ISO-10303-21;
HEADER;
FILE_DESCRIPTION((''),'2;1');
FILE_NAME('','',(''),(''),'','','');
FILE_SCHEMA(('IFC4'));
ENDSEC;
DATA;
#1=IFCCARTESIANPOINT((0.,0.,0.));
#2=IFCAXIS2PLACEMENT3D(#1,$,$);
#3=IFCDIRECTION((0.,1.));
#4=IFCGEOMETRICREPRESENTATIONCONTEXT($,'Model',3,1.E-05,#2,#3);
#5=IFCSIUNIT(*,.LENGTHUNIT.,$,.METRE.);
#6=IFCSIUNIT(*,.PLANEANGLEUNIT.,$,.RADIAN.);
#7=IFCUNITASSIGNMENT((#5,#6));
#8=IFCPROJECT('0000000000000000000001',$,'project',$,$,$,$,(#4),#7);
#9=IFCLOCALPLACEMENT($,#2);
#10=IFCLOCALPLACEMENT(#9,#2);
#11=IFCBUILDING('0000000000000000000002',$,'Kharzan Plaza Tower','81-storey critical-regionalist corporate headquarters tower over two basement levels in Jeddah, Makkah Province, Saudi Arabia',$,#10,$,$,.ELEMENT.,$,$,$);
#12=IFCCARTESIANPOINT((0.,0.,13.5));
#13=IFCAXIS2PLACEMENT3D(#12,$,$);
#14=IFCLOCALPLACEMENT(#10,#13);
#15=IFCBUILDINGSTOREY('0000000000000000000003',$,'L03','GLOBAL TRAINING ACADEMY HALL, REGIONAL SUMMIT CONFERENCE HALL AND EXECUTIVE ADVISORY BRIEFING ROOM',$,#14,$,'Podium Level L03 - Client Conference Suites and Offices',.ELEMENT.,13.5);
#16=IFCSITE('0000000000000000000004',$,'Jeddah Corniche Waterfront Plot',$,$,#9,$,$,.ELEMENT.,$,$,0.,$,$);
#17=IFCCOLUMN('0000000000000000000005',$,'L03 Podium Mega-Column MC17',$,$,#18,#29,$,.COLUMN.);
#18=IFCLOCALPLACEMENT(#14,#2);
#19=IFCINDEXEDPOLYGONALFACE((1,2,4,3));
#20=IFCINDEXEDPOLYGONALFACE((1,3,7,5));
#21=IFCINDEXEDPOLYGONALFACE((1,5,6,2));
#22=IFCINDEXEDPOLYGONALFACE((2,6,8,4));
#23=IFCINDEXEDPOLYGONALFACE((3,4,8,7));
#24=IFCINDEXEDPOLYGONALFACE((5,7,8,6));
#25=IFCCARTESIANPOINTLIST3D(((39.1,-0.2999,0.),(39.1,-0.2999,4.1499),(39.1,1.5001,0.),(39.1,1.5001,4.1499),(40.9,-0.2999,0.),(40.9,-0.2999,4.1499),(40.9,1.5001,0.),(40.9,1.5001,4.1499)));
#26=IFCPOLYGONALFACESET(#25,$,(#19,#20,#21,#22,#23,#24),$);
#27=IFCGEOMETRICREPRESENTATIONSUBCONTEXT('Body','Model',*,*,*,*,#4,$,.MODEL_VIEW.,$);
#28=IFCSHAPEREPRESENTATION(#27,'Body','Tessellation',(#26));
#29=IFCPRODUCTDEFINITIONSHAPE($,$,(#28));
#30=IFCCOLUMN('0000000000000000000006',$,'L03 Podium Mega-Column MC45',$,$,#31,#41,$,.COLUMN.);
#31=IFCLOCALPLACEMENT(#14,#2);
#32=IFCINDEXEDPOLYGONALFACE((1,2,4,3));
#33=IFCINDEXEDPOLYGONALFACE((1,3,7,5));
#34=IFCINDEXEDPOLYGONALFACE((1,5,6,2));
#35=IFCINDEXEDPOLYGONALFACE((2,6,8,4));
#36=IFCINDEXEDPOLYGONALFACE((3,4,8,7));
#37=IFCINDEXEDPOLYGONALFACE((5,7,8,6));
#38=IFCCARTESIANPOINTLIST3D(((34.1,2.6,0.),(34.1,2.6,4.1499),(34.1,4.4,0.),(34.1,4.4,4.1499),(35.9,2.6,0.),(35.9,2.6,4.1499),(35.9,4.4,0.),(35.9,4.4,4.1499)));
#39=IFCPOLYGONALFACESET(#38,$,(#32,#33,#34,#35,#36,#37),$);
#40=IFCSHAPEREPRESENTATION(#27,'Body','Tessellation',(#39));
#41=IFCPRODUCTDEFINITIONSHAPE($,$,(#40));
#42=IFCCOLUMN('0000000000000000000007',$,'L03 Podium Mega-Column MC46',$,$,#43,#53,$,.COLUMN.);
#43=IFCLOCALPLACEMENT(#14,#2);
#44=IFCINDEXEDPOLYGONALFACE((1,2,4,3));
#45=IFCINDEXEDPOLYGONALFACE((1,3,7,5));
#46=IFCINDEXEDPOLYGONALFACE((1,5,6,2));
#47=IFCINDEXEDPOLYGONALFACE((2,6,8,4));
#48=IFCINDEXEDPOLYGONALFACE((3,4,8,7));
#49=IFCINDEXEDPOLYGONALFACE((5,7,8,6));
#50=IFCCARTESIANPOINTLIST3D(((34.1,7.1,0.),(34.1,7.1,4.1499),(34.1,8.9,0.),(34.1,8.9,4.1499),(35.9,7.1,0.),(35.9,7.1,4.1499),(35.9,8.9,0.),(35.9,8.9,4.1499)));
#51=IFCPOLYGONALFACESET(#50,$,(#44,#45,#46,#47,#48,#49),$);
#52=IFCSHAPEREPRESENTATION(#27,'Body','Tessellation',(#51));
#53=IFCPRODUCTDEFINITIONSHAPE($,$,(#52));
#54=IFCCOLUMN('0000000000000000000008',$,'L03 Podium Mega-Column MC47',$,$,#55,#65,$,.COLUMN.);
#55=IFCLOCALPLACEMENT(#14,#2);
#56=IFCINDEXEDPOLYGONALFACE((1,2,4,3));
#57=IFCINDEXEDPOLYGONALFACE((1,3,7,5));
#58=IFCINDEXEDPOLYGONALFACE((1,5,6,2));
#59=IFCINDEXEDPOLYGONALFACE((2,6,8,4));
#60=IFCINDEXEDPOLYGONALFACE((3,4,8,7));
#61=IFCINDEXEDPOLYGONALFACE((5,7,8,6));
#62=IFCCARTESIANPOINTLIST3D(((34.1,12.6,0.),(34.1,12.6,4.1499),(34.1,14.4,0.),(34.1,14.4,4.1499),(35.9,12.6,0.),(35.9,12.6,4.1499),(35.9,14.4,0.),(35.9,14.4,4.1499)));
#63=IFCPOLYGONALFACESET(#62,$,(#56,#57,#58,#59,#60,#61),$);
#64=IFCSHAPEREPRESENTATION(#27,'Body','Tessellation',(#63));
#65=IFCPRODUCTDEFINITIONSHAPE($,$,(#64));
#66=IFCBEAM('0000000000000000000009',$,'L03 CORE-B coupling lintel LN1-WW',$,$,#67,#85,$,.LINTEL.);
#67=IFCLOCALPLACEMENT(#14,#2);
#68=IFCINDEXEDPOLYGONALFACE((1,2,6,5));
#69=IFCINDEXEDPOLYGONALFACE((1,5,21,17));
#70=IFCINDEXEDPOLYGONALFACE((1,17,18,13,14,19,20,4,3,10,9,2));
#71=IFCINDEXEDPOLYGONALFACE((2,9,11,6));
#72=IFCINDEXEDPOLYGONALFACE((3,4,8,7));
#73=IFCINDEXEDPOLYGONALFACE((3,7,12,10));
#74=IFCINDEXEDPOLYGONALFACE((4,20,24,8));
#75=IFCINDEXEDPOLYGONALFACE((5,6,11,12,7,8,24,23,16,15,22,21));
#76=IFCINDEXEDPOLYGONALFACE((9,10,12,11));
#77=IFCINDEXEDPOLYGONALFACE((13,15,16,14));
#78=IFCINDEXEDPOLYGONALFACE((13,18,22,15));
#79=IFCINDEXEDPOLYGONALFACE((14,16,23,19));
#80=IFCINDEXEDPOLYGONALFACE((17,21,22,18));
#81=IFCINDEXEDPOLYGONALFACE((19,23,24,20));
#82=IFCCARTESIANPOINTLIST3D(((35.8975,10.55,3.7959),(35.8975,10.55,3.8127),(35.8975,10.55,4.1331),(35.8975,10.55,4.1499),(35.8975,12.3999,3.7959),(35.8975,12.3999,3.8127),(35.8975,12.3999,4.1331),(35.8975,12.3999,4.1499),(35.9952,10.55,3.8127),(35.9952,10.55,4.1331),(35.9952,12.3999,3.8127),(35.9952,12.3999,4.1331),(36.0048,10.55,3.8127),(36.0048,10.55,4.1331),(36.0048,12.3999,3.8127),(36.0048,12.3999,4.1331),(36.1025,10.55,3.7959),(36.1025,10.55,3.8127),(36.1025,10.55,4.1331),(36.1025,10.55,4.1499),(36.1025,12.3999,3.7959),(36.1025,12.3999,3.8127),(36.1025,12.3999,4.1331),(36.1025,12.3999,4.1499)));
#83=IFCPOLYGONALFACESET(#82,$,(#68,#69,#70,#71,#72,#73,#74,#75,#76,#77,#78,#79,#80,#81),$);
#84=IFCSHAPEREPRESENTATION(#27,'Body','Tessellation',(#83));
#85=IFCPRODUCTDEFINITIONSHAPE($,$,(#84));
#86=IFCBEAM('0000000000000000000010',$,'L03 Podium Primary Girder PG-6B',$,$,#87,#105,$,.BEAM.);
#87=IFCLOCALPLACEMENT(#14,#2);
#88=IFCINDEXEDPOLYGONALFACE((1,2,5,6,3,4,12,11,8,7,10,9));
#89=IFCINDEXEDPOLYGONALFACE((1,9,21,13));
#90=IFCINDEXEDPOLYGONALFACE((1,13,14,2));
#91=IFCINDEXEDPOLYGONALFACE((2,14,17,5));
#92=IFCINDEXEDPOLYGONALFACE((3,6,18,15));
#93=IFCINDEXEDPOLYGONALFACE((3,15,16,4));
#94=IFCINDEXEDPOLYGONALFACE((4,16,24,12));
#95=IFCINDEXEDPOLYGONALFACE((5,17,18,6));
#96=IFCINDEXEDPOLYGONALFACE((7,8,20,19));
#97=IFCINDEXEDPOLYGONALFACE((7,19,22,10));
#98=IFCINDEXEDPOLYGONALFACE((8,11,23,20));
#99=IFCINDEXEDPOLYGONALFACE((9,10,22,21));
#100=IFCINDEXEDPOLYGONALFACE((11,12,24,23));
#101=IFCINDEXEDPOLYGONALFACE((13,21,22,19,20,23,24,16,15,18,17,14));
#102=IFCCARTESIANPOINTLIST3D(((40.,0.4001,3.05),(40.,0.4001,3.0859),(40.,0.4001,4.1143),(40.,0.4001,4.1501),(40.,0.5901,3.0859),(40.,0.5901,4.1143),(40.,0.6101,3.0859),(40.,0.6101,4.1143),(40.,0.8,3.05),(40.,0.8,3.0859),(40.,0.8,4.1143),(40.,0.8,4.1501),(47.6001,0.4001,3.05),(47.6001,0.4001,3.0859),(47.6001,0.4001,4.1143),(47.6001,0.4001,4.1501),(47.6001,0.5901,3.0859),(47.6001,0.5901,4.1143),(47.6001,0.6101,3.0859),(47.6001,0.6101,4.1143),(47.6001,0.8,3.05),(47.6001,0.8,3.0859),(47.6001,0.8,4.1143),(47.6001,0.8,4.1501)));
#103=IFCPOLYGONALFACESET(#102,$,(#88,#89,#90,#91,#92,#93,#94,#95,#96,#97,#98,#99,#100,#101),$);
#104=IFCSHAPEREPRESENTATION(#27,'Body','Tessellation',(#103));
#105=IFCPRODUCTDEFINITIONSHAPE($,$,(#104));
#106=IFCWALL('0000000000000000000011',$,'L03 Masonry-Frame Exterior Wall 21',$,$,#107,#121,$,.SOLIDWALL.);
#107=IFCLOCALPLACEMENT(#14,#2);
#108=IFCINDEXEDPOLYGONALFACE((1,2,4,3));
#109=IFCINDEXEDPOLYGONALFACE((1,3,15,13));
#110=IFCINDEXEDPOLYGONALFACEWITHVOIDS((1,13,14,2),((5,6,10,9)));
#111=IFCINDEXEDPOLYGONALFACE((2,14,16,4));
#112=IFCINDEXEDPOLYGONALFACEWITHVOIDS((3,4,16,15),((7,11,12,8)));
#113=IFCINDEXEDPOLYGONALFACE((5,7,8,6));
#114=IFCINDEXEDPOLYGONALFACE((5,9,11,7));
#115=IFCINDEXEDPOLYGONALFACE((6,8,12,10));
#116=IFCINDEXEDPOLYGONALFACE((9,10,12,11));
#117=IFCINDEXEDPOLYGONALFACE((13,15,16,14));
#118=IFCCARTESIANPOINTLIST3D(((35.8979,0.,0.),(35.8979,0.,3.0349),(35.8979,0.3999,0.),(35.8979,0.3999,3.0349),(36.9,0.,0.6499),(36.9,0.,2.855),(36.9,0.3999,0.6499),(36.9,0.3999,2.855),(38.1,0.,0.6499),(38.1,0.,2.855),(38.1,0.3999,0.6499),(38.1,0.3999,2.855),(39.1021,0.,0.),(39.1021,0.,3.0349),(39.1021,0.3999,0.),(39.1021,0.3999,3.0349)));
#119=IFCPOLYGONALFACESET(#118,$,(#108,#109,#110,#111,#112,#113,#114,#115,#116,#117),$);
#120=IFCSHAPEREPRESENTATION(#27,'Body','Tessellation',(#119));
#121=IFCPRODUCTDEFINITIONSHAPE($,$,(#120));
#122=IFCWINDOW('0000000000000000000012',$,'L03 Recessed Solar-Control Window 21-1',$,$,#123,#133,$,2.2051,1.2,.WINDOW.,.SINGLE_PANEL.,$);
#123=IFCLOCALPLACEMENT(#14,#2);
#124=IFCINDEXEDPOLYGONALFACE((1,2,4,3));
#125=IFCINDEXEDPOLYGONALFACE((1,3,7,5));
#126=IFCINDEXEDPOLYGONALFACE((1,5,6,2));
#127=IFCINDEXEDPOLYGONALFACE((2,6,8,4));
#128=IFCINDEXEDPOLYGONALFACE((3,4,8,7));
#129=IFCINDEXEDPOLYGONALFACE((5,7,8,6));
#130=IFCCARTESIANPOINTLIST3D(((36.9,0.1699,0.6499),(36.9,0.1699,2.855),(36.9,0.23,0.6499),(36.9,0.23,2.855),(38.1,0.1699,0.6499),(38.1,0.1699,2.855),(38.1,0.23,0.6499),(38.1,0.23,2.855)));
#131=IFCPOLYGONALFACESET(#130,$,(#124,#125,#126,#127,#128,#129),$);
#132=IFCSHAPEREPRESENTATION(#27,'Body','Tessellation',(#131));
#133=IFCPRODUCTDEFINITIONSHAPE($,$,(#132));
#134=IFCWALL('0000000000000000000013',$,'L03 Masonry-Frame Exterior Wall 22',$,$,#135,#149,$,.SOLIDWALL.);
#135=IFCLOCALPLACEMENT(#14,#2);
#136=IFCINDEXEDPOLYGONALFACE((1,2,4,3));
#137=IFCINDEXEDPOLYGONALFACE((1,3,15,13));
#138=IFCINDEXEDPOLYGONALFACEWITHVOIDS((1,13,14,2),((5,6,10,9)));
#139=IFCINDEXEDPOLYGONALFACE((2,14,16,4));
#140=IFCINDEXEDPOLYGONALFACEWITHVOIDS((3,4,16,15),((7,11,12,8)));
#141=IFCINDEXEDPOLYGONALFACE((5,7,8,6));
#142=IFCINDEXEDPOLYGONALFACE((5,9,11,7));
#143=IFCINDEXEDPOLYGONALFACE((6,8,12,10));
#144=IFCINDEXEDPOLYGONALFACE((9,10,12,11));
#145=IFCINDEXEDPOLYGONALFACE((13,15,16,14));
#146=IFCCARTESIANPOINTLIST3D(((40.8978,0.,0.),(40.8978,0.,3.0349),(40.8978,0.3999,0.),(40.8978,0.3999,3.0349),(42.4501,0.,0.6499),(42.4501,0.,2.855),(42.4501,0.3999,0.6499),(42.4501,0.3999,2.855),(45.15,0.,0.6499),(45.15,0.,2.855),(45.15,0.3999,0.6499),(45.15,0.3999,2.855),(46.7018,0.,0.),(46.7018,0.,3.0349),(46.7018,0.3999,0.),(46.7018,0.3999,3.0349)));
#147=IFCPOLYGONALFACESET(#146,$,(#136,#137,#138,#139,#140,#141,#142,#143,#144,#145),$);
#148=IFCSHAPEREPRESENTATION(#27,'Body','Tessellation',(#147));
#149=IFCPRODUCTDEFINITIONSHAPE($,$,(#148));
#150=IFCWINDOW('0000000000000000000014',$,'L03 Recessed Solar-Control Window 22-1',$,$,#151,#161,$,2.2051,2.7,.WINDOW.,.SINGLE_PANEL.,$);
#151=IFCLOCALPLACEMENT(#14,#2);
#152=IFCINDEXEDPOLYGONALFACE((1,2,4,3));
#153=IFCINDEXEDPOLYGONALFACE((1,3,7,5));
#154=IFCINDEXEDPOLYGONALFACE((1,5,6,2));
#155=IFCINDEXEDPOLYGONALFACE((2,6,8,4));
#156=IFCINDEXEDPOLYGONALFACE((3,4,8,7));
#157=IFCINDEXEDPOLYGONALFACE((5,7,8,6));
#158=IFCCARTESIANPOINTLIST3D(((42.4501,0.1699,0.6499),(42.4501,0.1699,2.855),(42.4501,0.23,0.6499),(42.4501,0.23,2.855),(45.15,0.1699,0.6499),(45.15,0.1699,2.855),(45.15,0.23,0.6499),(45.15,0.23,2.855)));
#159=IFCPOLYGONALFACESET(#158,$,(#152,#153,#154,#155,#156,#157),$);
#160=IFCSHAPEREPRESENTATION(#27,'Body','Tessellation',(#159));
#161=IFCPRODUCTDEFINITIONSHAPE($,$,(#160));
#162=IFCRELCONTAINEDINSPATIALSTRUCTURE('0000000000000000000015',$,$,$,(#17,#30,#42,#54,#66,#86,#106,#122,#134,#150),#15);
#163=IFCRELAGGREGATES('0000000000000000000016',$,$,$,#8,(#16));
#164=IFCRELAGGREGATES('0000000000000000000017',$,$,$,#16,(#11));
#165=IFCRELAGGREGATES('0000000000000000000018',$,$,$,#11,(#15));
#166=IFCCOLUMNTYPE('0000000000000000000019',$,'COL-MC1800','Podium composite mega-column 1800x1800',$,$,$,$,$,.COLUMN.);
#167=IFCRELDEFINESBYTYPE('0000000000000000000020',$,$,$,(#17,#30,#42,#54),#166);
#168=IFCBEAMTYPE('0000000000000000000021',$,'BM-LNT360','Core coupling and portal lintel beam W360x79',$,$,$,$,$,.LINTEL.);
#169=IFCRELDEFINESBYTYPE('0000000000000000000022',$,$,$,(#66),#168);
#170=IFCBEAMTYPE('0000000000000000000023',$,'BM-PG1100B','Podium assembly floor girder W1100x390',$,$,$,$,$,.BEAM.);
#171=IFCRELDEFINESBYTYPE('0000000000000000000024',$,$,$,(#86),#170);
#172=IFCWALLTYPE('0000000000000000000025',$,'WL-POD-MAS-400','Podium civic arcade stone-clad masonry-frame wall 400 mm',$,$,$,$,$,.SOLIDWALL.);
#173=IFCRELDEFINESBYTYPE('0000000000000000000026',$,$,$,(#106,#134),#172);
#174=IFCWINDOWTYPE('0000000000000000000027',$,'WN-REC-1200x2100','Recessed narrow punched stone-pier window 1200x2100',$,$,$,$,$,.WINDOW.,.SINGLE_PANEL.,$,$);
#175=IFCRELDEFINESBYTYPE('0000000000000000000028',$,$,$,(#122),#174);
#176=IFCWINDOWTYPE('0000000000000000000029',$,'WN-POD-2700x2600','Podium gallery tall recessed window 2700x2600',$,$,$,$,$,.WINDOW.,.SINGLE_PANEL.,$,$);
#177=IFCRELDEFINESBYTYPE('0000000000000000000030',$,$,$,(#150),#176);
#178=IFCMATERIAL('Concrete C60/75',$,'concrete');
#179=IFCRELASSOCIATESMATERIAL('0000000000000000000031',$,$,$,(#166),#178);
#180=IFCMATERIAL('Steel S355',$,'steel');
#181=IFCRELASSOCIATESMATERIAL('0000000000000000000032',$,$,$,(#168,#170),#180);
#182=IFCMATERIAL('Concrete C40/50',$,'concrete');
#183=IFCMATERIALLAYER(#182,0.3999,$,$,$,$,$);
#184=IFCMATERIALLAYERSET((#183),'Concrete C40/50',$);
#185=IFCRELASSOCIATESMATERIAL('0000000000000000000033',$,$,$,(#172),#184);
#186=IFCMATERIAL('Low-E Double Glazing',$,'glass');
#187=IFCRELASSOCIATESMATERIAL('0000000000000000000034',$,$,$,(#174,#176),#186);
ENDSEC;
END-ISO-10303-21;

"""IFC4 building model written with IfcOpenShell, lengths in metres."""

from ifc_helpers import new_model, si_unit, direction, frame, frame_2d, origin, origin_2d, place, context, subcontext, project, spatial, rectangle, i_section, extrude, source, transform, mapped, material, layer, layer_set, material_profile, profile_set, type_object, element, fill, save


model = new_model("IFC4")

# Units and contexts
model_context = context("Model", 3, precision=1e-05, world=origin(), true_north=direction((0.0, 1.0)))
body_context = subcontext(model_context, "Body", "Model", "MODEL_VIEW")
ifc_project = project(units=[si_unit("LENGTHUNIT", "METRE"), si_unit("PLANEANGLEUNIT", "RADIAN")], contexts=[model_context])

# Site, building, storey
site_placement = place(None, origin())
site = spatial("IfcSite", under=ifc_project, at=site_placement, Name="Jeddah Corniche Waterfront Plot", CompositionType="ELEMENT", RefElevation=0.0)
building_placement = place(site_placement, origin())
building = spatial("IfcBuilding", under=site, at=building_placement, Name="Kharzan Plaza Tower", Description="81-storey critical-regionalist corporate headquarters tower over two basement levels in Jeddah, Makkah Province, Saudi Arabia", CompositionType="ELEMENT")
storey_placement = place(building_placement, frame((0.0, 0.0, 13.5)))
storey = spatial("IfcBuildingStorey", under=building, at=storey_placement, Name="L03", Description="GLOBAL TRAINING ACADEMY HALL, REGIONAL SUMMIT CONFERENCE HALL AND EXECUTIVE ADVISORY BRIEFING ROOM", LongName="Podium Level L03 - Client Conference Suites and Offices", CompositionType="ELEMENT", Elevation=13.5)

# Columns
ifc_material_1 = material(Name="Concrete C60/75", Category="concrete")
ifc_material_profile_1 = material_profile(ifc_material_1, rectangle(XDim=1.8, YDim=1.8, at=origin_2d()), Name="RC-MC1800x1800")
ifc_profile_set_1 = profile_set([ifc_material_profile_1], Name="Concrete C60/75")
column_type = type_object("IfcColumnType", Name="COL-MC1800", Description="Podium composite mega-column 1800x1800", PredefinedType="COLUMN", material=ifc_profile_set_1)
shared_shape_1 = source(origin(), body_context, "Body", "SweptSolid", [
    extrude(rectangle(XDim=1.8, YDim=1.8, at=origin_2d()), origin(), (0.0, 0.0, 1.0), 4.1499),
])
for number, where, z_axis, x_axis, name in (
    (1, (40.0, 0.6001, 0.0), (0.0, 0.0, 1.0), (1.0, 0.0, 0.0), "L03 Podium Mega-Column MC17"),
    (2, (35.0, 3.5, 0.0), (0.0, 0.0, 1.0), (1.0, 0.0, 0.0), "L03 Podium Mega-Column MC45"),
    (3, (35.0, 8.0, 0.0), (0.0, 0.0, 1.0), (1.0, 0.0, 0.0), "L03 Podium Mega-Column MC46"),
    (4, (35.0, 13.5, 0.0), (0.0, 0.0, 1.0), (1.0, 0.0, 0.0), "L03 Podium Mega-Column MC47"),
):
    element("IfcColumn", number, at=place(storey_placement, frame(where, z_axis=z_axis, x_axis=x_axis)), inside=storey, type_object=column_type, Name=name, PredefinedType="COLUMN", context=body_context, shape_type="MappedRepresentation", body=[
        mapped(shared_shape_1, transform((0.0, 0.0, 0.0), x_axis=(1.0, 0.0, 0.0), y_axis=(0.0, 1.0, 0.0), z_axis=(0.0, 0.0, 1.0))),
    ])

# Beams
ifc_material_2 = material(Name="Steel S355", Category="steel")
ifc_material_profile_2 = material_profile(ifc_material_2, i_section(OverallWidth=0.2051, OverallDepth=0.354, WebThickness=0.0095, FlangeThickness=0.0168, at=origin_2d()), Name="W360x79")
ifc_profile_set_2 = profile_set([ifc_material_profile_2], Name="Steel S355")
beam_type_1 = type_object("IfcBeamType", Name="BM-LNT360", Description="Core coupling and portal lintel beam W360x79", PredefinedType="LINTEL", material=ifc_profile_set_2)
shared_shape_2 = source(origin(), body_context, "Body", "SweptSolid", [
    extrude(i_section(OverallWidth=0.2051, OverallDepth=0.354, WebThickness=0.0095, FlangeThickness=0.0168, at=origin_2d()), origin(), (0.0, 0.0, 1.0), 1.8499),
])
beam_1_placement = place(storey_placement, frame((36.0, 10.55, 3.9729), z_axis=(0.0, 1.0, 0.0), x_axis=(-1.0, 0.0, 0.0)))
element("IfcBeam", 5, at=beam_1_placement, inside=storey, type_object=beam_type_1, Name="L03 CORE-B coupling lintel LN1-WW", PredefinedType="LINTEL", context=body_context, shape_type="MappedRepresentation", body=[
    mapped(shared_shape_2, transform((0.0, 0.0, 0.0), x_axis=(1.0, 0.0, 0.0), y_axis=(0.0, 1.0, 0.0), z_axis=(0.0, 0.0, 1.0))),
])
ifc_material_profile_3 = material_profile(ifc_material_2, i_section(OverallWidth=0.3999, OverallDepth=1.1001, WebThickness=0.02, FlangeThickness=0.0359, at=origin_2d()), Name="W1100x390")
ifc_profile_set_3 = profile_set([ifc_material_profile_3], Name="Steel S355")
beam_type_2 = type_object("IfcBeamType", Name="BM-PG1100B", Description="Podium assembly floor girder W1100x390", PredefinedType="BEAM", material=ifc_profile_set_3)
shared_shape_3 = source(origin(), body_context, "Body", "SweptSolid", [
    extrude(i_section(OverallWidth=0.3999, OverallDepth=1.1001, WebThickness=0.02, FlangeThickness=0.0359, at=origin_2d()), origin(), (0.0, 0.0, 1.0), 7.6001),
])
beam_2_placement = place(storey_placement, frame((40.0, 0.6001, 3.6001), z_axis=(1.0, 0.0, 0.0), x_axis=(0.0, 1.0, 0.0)))
element("IfcBeam", 6, at=beam_2_placement, inside=storey, type_object=beam_type_2, Name="L03 Podium Primary Girder PG-6B", PredefinedType="BEAM", context=body_context, shape_type="MappedRepresentation", body=[
    mapped(shared_shape_3, transform((0.0, 0.0, 0.0), x_axis=(1.0, 0.0, 0.0), y_axis=(0.0, 1.0, 0.0), z_axis=(0.0, 0.0, 1.0))),
])

# Walls, openings, windows
ifc_material_3 = material(Name="Concrete C40/50", Category="concrete")
ifc_layer_1 = layer(ifc_material_3, 0.3999)
ifc_layer_set_1 = layer_set([ifc_layer_1], Name="Concrete C40/50")
wall_type_1 = type_object("IfcWallType", Name="WL-POD-MAS-400", Description="Podium civic arcade stone-clad masonry-frame wall 400 mm", PredefinedType="SOLIDWALL", material=ifc_layer_set_1)
wall_1_placement = place(storey_placement, frame((35.8979, 0.2, 0.0), z_axis=(0.0, 0.0, 1.0), x_axis=(1.0, 0.0, 0.0)))
wall_1 = element("IfcWall", 7, at=wall_1_placement, inside=storey, type_object=wall_type_1, Name="L03 Masonry-Frame Exterior Wall 21", PredefinedType="SOLIDWALL", context=body_context, shape_type="SweptSolid", body=[
    extrude(rectangle(XDim=3.2041, YDim=0.3999, at=frame_2d((1.6021, 0.0))), origin(), (0.0, 0.0, 1.0), 3.0349),
])
opening_1_placement = place(wall_1_placement, frame((1.002, 0.0, 0.6499)))
opening_1 = element("IfcOpeningElement", 8, at=opening_1_placement, cuts=wall_1, PredefinedType="OPENING", context=body_context, shape_type="SweptSolid", body=[
    extrude(rectangle(XDim=1.2, YDim=2.2051, at=frame_2d((0.6001, 1.1025))), frame((0.0, 0.21, 0.0), z_axis=(0.0, -1.0, 0.0), x_axis=(1.0, 0.0, 0.0)), (0.0, 0.0, 1.0), 0.4199),
])
ifc_material_4 = material(Name="Low-E Double Glazing", Category="glass")
window_type_1 = type_object("IfcWindowType", Name="WN-REC-1200x2100", Description="Recessed narrow punched stone-pier window 1200x2100", PartitioningType="SINGLE_PANEL", PredefinedType="WINDOW", material=ifc_material_4)
shared_shape_4 = source(origin(), body_context, "Body", "SweptSolid", [
    extrude(rectangle(XDim=1.2, YDim=2.2051, at=frame_2d((0.6001, 1.1025))), frame((0.0, 0.03, 0.0), z_axis=(0.0, -1.0, 0.0), x_axis=(1.0, 0.0, 0.0)), (0.0, 0.0, 1.0), 0.0601),
])
window_1_placement = place(opening_1_placement, origin())
window_1 = element("IfcWindow", 9, at=window_1_placement, inside=storey, type_object=window_type_1, Name="L03 Recessed Solar-Control Window 21-1", OverallHeight=2.2051, OverallWidth=1.2, PartitioningType="SINGLE_PANEL", PredefinedType="WINDOW", context=body_context, shape_type="MappedRepresentation", body=[
    mapped(shared_shape_4, transform((0.0, 0.0, 0.0), x_axis=(1.0, 0.0, 0.0), y_axis=(0.0, 1.0, 0.0), z_axis=(0.0, 0.0, 1.0))),
])
fill(opening_1, window_1)
wall_2_placement = place(storey_placement, frame((40.8979, 0.2, 0.0), z_axis=(0.0, 0.0, 1.0), x_axis=(1.0, 0.0, 0.0)))
wall_2 = element("IfcWall", 10, at=wall_2_placement, inside=storey, type_object=wall_type_1, Name="L03 Masonry-Frame Exterior Wall 22", PredefinedType="SOLIDWALL", context=body_context, shape_type="SweptSolid", body=[
    extrude(rectangle(XDim=5.804, YDim=0.3999, at=frame_2d((2.9019, 0.0))), origin(), (0.0, 0.0, 1.0), 3.0349),
])
opening_2_placement = place(wall_2_placement, frame((1.552, 0.0, 0.6499)))
opening_2 = element("IfcOpeningElement", 11, at=opening_2_placement, cuts=wall_2, PredefinedType="OPENING", context=body_context, shape_type="SweptSolid", body=[
    extrude(rectangle(XDim=2.7, YDim=2.2051, at=frame_2d((1.3501, 1.1025))), frame((0.0, 0.21, 0.0), z_axis=(0.0, -1.0, 0.0), x_axis=(1.0, 0.0, 0.0)), (0.0, 0.0, 1.0), 0.4199),
])
window_type_2 = type_object("IfcWindowType", Name="WN-POD-2700x2600", Description="Podium gallery tall recessed window 2700x2600", PartitioningType="SINGLE_PANEL", PredefinedType="WINDOW", material=ifc_material_4)
shared_shape_5 = source(origin(), body_context, "Body", "SweptSolid", [
    extrude(rectangle(XDim=2.7, YDim=2.2051, at=frame_2d((1.3501, 1.1025))), frame((0.0, 0.03, 0.0), z_axis=(0.0, -1.0, 0.0), x_axis=(1.0, 0.0, 0.0)), (0.0, 0.0, 1.0), 0.0601),
])
window_2_placement = place(opening_2_placement, origin())
window_2 = element("IfcWindow", 12, at=window_2_placement, inside=storey, type_object=window_type_2, Name="L03 Recessed Solar-Control Window 22-1", OverallHeight=2.2051, OverallWidth=2.7, PartitioningType="SINGLE_PANEL", PredefinedType="WINDOW", context=body_context, shape_type="MappedRepresentation", body=[
    mapped(shared_shape_5, transform((0.0, 0.0, 0.0), x_axis=(1.0, 0.0, 0.0), y_axis=(0.0, 1.0, 0.0), z_axis=(0.0, 0.0, 1.0))),
])
fill(opening_2, window_2)

save(model, "model.ifc")
